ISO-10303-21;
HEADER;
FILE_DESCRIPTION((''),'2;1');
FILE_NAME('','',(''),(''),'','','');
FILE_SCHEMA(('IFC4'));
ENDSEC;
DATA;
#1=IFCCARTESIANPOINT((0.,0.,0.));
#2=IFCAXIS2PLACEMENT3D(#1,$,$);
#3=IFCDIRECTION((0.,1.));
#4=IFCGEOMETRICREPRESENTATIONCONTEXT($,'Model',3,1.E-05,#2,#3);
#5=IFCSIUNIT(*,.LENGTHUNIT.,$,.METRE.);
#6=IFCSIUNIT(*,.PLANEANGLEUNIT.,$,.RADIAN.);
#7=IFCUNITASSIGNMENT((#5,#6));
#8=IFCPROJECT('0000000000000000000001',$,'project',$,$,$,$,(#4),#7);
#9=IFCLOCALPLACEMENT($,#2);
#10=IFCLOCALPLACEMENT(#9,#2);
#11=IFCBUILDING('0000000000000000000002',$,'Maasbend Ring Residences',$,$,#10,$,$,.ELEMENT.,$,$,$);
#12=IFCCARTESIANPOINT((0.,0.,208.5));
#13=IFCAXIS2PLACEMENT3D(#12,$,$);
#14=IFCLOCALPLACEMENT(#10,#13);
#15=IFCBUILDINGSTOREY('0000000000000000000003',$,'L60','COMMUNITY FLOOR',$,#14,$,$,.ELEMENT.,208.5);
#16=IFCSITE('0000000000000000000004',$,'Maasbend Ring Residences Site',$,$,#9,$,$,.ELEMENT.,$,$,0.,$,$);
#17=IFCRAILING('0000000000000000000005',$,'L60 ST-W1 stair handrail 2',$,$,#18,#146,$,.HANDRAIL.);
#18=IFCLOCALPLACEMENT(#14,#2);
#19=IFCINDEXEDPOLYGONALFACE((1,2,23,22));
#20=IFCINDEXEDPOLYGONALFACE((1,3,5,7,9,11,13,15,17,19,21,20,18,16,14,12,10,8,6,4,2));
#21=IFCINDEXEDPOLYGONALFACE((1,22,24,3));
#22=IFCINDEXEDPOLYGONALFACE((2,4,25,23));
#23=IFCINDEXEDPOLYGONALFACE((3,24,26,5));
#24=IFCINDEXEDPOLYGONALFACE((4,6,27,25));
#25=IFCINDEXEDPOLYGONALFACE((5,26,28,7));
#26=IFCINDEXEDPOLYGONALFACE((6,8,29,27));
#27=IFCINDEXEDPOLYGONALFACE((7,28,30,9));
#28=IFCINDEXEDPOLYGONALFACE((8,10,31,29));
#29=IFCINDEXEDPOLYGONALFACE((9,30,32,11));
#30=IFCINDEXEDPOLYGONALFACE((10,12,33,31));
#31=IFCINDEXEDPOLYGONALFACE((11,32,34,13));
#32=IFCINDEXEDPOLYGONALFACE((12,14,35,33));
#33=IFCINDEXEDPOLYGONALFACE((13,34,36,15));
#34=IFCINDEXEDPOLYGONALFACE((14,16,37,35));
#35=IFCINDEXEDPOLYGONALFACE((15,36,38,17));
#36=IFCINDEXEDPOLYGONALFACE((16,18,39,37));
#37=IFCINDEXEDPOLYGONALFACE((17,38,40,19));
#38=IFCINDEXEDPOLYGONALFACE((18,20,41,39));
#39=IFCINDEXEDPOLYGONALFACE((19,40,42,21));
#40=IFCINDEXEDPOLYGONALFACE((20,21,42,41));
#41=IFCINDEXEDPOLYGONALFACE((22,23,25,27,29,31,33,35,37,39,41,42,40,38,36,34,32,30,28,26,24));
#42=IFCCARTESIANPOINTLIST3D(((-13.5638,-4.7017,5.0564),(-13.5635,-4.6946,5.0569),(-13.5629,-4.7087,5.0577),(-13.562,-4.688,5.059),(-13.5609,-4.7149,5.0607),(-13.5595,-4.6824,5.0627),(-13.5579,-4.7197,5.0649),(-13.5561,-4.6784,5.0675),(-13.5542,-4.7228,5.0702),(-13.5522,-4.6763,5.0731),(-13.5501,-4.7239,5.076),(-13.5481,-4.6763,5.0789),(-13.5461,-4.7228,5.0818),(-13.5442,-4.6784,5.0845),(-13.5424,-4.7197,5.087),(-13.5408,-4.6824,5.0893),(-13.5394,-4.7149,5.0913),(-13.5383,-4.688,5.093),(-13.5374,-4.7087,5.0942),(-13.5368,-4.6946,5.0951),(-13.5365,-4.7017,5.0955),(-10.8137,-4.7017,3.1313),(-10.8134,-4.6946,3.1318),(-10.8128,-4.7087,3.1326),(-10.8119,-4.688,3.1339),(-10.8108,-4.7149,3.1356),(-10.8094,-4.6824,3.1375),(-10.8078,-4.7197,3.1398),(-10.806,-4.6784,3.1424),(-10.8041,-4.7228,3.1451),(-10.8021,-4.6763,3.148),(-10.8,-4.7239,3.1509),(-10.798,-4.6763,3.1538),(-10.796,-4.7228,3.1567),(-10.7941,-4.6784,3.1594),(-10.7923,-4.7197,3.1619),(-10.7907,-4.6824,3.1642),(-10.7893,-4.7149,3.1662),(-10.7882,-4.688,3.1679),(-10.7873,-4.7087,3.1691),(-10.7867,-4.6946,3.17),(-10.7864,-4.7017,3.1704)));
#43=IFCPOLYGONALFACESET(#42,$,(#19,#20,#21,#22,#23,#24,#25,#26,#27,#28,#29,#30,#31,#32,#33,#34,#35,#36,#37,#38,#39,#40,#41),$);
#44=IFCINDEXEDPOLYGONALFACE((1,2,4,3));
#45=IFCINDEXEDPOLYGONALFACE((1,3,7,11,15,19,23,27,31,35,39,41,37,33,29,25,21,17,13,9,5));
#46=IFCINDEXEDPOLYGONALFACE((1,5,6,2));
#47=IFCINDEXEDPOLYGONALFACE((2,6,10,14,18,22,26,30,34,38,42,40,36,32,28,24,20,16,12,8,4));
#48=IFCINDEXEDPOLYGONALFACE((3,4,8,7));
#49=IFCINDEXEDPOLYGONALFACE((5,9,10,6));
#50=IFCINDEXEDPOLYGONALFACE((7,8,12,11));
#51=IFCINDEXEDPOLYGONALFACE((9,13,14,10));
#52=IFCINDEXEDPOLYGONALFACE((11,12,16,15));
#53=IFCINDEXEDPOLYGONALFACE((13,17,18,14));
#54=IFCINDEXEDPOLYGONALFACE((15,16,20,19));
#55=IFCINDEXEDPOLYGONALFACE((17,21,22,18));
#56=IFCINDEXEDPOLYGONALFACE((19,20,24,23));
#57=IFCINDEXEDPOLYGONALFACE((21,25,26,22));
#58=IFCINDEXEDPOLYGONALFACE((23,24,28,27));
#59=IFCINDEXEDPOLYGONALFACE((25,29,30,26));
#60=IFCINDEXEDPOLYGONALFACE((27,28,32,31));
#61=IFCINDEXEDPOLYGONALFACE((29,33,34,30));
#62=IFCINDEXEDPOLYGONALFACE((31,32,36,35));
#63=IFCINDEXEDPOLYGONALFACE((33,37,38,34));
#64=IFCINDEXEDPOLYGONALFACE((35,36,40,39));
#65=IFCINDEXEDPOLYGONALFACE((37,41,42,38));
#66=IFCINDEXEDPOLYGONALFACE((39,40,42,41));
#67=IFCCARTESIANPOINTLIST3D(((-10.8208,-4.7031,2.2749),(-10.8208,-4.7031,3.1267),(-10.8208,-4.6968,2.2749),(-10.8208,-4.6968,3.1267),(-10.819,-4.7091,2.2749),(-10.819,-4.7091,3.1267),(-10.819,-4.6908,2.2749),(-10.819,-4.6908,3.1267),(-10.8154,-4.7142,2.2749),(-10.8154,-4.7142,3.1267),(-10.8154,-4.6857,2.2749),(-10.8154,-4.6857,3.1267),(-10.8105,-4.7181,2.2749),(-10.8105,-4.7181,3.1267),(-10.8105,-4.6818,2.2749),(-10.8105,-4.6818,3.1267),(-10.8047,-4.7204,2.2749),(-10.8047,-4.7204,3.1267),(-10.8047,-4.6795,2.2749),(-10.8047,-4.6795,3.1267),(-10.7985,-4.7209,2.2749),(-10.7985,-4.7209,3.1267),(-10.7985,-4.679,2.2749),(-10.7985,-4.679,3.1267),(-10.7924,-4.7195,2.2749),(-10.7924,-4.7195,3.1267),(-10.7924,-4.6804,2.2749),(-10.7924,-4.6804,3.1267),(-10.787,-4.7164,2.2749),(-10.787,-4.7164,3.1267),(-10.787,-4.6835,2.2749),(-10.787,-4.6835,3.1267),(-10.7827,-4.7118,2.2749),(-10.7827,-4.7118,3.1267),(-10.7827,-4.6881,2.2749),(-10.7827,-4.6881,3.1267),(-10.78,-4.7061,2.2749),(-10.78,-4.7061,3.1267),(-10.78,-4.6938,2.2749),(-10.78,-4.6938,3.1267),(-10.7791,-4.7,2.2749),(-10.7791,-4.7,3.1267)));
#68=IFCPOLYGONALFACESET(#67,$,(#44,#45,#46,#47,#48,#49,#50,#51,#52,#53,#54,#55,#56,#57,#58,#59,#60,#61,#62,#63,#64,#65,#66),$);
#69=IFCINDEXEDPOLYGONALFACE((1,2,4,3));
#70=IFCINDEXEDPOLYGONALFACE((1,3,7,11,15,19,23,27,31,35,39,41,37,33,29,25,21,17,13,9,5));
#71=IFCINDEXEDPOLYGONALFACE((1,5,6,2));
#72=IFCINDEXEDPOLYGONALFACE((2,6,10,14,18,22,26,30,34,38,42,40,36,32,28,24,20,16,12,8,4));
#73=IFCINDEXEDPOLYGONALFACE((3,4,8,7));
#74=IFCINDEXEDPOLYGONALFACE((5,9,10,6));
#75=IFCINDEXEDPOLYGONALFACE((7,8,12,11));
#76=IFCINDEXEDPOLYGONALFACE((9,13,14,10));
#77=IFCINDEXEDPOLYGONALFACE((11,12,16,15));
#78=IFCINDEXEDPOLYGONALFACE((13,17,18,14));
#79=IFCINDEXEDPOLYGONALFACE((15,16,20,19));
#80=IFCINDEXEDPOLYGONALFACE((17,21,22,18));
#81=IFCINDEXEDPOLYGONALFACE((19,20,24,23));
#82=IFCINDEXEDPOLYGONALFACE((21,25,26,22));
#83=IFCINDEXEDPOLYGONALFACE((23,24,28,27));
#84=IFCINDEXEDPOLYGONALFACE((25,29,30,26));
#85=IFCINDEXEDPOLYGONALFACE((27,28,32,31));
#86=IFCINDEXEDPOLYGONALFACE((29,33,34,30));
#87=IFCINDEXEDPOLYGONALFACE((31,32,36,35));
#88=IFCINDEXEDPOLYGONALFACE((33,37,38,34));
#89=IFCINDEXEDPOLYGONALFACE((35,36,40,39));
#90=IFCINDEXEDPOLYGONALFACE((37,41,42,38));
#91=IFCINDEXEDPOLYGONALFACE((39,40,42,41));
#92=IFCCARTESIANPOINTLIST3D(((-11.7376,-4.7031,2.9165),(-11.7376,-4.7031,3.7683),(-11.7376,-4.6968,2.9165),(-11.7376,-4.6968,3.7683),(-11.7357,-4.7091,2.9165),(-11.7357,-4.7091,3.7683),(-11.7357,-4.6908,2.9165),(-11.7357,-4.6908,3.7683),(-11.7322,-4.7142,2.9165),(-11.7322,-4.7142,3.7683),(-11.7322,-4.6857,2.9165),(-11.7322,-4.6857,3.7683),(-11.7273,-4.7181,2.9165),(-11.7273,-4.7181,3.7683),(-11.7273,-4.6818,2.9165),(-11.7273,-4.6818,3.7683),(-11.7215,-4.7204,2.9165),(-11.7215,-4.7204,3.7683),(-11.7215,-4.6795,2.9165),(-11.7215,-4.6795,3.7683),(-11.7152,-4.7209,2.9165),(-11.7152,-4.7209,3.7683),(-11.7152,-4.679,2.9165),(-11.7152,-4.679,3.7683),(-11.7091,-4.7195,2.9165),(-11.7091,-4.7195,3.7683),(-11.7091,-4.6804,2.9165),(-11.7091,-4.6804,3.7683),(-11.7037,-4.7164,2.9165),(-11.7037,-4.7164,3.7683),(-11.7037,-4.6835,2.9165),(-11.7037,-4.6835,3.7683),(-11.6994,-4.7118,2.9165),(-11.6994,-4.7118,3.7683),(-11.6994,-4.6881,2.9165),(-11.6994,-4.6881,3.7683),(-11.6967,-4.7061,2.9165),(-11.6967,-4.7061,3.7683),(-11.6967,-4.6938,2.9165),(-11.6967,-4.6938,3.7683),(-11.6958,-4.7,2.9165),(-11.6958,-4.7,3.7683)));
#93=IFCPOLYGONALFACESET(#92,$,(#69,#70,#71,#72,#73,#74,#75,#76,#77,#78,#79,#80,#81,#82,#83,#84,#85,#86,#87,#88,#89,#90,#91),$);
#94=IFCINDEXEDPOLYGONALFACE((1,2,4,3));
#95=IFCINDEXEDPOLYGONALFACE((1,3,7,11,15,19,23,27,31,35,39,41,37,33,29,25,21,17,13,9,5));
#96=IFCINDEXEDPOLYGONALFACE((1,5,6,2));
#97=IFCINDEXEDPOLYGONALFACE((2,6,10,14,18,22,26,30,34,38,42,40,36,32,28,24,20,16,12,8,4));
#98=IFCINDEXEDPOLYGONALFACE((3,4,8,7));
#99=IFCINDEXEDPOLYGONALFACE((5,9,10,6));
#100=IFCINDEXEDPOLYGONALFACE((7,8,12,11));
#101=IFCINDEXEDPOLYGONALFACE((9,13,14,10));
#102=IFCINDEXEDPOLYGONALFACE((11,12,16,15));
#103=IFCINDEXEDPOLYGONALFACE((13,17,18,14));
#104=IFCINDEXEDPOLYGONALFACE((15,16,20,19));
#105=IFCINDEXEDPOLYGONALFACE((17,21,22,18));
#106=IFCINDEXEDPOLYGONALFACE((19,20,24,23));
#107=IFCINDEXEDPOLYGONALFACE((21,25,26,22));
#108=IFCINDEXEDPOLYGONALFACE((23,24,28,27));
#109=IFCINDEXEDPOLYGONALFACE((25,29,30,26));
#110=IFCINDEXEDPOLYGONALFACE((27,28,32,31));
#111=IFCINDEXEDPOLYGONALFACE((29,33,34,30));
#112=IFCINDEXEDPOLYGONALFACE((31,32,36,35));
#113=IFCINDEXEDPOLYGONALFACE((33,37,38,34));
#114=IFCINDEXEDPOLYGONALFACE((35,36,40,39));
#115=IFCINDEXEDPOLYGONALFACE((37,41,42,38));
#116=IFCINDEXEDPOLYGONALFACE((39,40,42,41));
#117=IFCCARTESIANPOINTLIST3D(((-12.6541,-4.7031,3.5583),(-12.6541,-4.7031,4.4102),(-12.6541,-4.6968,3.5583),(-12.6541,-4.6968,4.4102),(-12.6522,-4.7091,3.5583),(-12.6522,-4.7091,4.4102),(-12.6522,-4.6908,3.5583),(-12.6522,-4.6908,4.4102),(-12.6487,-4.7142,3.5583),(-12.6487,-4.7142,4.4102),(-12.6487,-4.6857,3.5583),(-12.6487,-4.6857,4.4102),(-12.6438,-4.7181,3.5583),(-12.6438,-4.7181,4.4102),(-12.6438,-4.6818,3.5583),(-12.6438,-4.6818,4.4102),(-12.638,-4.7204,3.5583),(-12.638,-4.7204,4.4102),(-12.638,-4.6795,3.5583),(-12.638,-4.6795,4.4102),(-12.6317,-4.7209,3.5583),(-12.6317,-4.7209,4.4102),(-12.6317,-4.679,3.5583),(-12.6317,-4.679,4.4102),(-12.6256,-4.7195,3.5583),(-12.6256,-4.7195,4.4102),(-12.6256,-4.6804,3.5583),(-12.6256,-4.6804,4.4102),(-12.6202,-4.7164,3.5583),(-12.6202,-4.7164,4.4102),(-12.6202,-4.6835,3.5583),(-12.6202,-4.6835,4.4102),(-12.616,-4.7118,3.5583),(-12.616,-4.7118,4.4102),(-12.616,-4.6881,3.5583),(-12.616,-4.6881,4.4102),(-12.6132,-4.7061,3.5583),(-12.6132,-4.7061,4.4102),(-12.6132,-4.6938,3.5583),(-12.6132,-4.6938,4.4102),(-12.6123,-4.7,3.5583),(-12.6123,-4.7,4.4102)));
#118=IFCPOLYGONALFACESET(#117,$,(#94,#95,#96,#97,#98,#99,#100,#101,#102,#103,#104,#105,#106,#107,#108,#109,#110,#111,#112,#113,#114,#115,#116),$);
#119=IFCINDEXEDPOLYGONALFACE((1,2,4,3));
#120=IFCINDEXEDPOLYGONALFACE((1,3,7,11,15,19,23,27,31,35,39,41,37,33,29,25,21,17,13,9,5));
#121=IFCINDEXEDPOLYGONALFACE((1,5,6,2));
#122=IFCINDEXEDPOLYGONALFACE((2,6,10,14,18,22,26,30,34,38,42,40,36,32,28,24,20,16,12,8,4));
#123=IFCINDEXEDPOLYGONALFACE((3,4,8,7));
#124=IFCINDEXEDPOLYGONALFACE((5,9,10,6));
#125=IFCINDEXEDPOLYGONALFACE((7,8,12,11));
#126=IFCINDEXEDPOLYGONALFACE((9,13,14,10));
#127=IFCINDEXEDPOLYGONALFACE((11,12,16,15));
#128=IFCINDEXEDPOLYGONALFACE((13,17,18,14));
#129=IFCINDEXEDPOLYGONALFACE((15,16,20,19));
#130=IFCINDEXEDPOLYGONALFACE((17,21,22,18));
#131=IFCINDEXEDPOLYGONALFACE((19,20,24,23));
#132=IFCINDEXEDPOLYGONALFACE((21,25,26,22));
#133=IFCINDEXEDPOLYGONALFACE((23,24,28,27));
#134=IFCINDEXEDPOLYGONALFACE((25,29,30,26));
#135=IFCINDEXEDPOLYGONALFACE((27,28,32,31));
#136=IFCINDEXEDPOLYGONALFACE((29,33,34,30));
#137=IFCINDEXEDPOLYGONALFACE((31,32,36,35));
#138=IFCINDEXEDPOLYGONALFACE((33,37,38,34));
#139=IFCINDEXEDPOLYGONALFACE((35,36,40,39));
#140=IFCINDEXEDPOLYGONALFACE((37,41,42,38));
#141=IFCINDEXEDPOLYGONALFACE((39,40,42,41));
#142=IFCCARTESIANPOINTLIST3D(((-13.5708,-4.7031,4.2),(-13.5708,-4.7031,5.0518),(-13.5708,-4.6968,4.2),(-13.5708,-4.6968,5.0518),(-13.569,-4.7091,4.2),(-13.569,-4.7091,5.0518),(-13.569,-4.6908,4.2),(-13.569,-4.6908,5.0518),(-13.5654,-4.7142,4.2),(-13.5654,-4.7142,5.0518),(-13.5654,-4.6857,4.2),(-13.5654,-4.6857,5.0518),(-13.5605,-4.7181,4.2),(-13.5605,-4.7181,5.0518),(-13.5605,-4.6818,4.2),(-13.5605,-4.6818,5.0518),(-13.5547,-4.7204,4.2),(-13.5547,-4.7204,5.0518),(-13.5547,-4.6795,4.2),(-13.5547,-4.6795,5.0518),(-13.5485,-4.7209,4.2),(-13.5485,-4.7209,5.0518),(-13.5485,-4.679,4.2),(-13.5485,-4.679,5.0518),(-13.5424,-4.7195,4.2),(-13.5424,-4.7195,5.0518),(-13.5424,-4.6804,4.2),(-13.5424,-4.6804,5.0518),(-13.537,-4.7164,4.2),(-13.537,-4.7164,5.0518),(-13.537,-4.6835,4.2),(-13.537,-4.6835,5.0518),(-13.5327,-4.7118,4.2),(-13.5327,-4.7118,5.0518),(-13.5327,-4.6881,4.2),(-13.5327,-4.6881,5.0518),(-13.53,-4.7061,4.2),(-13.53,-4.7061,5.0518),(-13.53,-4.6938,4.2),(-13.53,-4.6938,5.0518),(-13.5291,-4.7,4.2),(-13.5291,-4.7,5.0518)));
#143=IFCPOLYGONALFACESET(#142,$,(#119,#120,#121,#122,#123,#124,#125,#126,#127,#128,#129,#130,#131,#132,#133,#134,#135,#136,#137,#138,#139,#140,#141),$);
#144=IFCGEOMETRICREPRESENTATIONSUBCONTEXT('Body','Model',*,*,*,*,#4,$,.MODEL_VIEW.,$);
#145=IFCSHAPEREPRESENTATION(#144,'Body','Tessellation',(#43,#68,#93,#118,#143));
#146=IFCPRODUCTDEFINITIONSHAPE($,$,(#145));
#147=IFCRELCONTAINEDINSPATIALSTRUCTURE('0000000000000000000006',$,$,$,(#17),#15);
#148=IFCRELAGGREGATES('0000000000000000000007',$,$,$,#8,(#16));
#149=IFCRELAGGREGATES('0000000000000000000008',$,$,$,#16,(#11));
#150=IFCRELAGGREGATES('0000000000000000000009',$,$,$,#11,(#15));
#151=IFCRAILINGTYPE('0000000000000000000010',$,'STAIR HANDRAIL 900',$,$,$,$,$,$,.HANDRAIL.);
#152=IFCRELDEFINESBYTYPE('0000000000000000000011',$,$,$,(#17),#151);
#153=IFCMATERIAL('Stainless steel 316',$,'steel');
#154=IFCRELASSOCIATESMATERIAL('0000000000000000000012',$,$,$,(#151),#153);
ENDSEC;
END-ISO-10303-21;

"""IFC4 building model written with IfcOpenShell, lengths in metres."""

from ifc_helpers import new_model, si_unit, direction, frame, origin, origin_2d, place, context, subcontext, project, spatial, circle, extrude, material, type_object, element, save


model = new_model("IFC4")

# Units and contexts
model_context = context("Model", 3, precision=1e-05, world=origin(), true_north=direction((0.0, 1.0)))
body_context = subcontext(model_context, "Body", "Model", "MODEL_VIEW")
ifc_project = project(units=[si_unit("LENGTHUNIT", "METRE"), si_unit("PLANEANGLEUNIT", "RADIAN")], contexts=[model_context])

# Site, building, storey
site_placement = place(None, origin())
site = spatial("IfcSite", under=ifc_project, at=site_placement, Name="Maasbend Ring Residences Site", CompositionType="ELEMENT", RefElevation=0.0)
building_placement = place(site_placement, origin())
building = spatial("IfcBuilding", under=site, at=building_placement, Name="Maasbend Ring Residences", CompositionType="ELEMENT")
storey_placement = place(building_placement, frame((0.0, 0.0, 208.5)))
storey = spatial("IfcBuildingStorey", under=building, at=storey_placement, Name="L60", Description="COMMUNITY FLOOR", CompositionType="ELEMENT", Elevation=208.5)

# Railing
ifc_material_1 = material(Name="Stainless steel 316", Category="steel")
railing_type_1 = type_object("IfcRailingType", Name="STAIR HANDRAIL 900", PredefinedType="HANDRAIL", material=ifc_material_1)
railing_1_placement = place(storey_placement, frame((-10.8, -4.7, 2.2749)))
element("IfcRailing", 1, at=railing_1_placement, inside=storey, type_object=railing_type_1, Name="L60 ST-W1 stair handrail 2", PredefinedType="HANDRAIL", context=body_context, shape_type="SweptSolid", body=[
    extrude(circle(Radius=0.0239, at=origin_2d()), frame((0.0, 0.0, 0.876), z_axis=(-0.819225, 0.0, 0.573472), x_axis=(0.0, -1.0, 0.0)), (0.0, 0.0, 1.0), 3.3569),
    extrude(circle(Radius=0.021, at=origin_2d()), origin(), (0.0, 0.0, 1.0), 0.8518),
    extrude(circle(Radius=0.021, at=origin_2d()), frame((-0.9167, 0.0, 0.6416)), (0.0, 0.0, 1.0), 0.8518),
    extrude(circle(Radius=0.021, at=origin_2d()), frame((-1.8333, 0.0, 1.2834)), (0.0, 0.0, 1.0), 0.8518),
    extrude(circle(Radius=0.021, at=origin_2d()), frame((-2.75, 0.0, 1.925)), (0.0, 0.0, 1.0), 0.8518),
])

save(model, "model.ifc")
